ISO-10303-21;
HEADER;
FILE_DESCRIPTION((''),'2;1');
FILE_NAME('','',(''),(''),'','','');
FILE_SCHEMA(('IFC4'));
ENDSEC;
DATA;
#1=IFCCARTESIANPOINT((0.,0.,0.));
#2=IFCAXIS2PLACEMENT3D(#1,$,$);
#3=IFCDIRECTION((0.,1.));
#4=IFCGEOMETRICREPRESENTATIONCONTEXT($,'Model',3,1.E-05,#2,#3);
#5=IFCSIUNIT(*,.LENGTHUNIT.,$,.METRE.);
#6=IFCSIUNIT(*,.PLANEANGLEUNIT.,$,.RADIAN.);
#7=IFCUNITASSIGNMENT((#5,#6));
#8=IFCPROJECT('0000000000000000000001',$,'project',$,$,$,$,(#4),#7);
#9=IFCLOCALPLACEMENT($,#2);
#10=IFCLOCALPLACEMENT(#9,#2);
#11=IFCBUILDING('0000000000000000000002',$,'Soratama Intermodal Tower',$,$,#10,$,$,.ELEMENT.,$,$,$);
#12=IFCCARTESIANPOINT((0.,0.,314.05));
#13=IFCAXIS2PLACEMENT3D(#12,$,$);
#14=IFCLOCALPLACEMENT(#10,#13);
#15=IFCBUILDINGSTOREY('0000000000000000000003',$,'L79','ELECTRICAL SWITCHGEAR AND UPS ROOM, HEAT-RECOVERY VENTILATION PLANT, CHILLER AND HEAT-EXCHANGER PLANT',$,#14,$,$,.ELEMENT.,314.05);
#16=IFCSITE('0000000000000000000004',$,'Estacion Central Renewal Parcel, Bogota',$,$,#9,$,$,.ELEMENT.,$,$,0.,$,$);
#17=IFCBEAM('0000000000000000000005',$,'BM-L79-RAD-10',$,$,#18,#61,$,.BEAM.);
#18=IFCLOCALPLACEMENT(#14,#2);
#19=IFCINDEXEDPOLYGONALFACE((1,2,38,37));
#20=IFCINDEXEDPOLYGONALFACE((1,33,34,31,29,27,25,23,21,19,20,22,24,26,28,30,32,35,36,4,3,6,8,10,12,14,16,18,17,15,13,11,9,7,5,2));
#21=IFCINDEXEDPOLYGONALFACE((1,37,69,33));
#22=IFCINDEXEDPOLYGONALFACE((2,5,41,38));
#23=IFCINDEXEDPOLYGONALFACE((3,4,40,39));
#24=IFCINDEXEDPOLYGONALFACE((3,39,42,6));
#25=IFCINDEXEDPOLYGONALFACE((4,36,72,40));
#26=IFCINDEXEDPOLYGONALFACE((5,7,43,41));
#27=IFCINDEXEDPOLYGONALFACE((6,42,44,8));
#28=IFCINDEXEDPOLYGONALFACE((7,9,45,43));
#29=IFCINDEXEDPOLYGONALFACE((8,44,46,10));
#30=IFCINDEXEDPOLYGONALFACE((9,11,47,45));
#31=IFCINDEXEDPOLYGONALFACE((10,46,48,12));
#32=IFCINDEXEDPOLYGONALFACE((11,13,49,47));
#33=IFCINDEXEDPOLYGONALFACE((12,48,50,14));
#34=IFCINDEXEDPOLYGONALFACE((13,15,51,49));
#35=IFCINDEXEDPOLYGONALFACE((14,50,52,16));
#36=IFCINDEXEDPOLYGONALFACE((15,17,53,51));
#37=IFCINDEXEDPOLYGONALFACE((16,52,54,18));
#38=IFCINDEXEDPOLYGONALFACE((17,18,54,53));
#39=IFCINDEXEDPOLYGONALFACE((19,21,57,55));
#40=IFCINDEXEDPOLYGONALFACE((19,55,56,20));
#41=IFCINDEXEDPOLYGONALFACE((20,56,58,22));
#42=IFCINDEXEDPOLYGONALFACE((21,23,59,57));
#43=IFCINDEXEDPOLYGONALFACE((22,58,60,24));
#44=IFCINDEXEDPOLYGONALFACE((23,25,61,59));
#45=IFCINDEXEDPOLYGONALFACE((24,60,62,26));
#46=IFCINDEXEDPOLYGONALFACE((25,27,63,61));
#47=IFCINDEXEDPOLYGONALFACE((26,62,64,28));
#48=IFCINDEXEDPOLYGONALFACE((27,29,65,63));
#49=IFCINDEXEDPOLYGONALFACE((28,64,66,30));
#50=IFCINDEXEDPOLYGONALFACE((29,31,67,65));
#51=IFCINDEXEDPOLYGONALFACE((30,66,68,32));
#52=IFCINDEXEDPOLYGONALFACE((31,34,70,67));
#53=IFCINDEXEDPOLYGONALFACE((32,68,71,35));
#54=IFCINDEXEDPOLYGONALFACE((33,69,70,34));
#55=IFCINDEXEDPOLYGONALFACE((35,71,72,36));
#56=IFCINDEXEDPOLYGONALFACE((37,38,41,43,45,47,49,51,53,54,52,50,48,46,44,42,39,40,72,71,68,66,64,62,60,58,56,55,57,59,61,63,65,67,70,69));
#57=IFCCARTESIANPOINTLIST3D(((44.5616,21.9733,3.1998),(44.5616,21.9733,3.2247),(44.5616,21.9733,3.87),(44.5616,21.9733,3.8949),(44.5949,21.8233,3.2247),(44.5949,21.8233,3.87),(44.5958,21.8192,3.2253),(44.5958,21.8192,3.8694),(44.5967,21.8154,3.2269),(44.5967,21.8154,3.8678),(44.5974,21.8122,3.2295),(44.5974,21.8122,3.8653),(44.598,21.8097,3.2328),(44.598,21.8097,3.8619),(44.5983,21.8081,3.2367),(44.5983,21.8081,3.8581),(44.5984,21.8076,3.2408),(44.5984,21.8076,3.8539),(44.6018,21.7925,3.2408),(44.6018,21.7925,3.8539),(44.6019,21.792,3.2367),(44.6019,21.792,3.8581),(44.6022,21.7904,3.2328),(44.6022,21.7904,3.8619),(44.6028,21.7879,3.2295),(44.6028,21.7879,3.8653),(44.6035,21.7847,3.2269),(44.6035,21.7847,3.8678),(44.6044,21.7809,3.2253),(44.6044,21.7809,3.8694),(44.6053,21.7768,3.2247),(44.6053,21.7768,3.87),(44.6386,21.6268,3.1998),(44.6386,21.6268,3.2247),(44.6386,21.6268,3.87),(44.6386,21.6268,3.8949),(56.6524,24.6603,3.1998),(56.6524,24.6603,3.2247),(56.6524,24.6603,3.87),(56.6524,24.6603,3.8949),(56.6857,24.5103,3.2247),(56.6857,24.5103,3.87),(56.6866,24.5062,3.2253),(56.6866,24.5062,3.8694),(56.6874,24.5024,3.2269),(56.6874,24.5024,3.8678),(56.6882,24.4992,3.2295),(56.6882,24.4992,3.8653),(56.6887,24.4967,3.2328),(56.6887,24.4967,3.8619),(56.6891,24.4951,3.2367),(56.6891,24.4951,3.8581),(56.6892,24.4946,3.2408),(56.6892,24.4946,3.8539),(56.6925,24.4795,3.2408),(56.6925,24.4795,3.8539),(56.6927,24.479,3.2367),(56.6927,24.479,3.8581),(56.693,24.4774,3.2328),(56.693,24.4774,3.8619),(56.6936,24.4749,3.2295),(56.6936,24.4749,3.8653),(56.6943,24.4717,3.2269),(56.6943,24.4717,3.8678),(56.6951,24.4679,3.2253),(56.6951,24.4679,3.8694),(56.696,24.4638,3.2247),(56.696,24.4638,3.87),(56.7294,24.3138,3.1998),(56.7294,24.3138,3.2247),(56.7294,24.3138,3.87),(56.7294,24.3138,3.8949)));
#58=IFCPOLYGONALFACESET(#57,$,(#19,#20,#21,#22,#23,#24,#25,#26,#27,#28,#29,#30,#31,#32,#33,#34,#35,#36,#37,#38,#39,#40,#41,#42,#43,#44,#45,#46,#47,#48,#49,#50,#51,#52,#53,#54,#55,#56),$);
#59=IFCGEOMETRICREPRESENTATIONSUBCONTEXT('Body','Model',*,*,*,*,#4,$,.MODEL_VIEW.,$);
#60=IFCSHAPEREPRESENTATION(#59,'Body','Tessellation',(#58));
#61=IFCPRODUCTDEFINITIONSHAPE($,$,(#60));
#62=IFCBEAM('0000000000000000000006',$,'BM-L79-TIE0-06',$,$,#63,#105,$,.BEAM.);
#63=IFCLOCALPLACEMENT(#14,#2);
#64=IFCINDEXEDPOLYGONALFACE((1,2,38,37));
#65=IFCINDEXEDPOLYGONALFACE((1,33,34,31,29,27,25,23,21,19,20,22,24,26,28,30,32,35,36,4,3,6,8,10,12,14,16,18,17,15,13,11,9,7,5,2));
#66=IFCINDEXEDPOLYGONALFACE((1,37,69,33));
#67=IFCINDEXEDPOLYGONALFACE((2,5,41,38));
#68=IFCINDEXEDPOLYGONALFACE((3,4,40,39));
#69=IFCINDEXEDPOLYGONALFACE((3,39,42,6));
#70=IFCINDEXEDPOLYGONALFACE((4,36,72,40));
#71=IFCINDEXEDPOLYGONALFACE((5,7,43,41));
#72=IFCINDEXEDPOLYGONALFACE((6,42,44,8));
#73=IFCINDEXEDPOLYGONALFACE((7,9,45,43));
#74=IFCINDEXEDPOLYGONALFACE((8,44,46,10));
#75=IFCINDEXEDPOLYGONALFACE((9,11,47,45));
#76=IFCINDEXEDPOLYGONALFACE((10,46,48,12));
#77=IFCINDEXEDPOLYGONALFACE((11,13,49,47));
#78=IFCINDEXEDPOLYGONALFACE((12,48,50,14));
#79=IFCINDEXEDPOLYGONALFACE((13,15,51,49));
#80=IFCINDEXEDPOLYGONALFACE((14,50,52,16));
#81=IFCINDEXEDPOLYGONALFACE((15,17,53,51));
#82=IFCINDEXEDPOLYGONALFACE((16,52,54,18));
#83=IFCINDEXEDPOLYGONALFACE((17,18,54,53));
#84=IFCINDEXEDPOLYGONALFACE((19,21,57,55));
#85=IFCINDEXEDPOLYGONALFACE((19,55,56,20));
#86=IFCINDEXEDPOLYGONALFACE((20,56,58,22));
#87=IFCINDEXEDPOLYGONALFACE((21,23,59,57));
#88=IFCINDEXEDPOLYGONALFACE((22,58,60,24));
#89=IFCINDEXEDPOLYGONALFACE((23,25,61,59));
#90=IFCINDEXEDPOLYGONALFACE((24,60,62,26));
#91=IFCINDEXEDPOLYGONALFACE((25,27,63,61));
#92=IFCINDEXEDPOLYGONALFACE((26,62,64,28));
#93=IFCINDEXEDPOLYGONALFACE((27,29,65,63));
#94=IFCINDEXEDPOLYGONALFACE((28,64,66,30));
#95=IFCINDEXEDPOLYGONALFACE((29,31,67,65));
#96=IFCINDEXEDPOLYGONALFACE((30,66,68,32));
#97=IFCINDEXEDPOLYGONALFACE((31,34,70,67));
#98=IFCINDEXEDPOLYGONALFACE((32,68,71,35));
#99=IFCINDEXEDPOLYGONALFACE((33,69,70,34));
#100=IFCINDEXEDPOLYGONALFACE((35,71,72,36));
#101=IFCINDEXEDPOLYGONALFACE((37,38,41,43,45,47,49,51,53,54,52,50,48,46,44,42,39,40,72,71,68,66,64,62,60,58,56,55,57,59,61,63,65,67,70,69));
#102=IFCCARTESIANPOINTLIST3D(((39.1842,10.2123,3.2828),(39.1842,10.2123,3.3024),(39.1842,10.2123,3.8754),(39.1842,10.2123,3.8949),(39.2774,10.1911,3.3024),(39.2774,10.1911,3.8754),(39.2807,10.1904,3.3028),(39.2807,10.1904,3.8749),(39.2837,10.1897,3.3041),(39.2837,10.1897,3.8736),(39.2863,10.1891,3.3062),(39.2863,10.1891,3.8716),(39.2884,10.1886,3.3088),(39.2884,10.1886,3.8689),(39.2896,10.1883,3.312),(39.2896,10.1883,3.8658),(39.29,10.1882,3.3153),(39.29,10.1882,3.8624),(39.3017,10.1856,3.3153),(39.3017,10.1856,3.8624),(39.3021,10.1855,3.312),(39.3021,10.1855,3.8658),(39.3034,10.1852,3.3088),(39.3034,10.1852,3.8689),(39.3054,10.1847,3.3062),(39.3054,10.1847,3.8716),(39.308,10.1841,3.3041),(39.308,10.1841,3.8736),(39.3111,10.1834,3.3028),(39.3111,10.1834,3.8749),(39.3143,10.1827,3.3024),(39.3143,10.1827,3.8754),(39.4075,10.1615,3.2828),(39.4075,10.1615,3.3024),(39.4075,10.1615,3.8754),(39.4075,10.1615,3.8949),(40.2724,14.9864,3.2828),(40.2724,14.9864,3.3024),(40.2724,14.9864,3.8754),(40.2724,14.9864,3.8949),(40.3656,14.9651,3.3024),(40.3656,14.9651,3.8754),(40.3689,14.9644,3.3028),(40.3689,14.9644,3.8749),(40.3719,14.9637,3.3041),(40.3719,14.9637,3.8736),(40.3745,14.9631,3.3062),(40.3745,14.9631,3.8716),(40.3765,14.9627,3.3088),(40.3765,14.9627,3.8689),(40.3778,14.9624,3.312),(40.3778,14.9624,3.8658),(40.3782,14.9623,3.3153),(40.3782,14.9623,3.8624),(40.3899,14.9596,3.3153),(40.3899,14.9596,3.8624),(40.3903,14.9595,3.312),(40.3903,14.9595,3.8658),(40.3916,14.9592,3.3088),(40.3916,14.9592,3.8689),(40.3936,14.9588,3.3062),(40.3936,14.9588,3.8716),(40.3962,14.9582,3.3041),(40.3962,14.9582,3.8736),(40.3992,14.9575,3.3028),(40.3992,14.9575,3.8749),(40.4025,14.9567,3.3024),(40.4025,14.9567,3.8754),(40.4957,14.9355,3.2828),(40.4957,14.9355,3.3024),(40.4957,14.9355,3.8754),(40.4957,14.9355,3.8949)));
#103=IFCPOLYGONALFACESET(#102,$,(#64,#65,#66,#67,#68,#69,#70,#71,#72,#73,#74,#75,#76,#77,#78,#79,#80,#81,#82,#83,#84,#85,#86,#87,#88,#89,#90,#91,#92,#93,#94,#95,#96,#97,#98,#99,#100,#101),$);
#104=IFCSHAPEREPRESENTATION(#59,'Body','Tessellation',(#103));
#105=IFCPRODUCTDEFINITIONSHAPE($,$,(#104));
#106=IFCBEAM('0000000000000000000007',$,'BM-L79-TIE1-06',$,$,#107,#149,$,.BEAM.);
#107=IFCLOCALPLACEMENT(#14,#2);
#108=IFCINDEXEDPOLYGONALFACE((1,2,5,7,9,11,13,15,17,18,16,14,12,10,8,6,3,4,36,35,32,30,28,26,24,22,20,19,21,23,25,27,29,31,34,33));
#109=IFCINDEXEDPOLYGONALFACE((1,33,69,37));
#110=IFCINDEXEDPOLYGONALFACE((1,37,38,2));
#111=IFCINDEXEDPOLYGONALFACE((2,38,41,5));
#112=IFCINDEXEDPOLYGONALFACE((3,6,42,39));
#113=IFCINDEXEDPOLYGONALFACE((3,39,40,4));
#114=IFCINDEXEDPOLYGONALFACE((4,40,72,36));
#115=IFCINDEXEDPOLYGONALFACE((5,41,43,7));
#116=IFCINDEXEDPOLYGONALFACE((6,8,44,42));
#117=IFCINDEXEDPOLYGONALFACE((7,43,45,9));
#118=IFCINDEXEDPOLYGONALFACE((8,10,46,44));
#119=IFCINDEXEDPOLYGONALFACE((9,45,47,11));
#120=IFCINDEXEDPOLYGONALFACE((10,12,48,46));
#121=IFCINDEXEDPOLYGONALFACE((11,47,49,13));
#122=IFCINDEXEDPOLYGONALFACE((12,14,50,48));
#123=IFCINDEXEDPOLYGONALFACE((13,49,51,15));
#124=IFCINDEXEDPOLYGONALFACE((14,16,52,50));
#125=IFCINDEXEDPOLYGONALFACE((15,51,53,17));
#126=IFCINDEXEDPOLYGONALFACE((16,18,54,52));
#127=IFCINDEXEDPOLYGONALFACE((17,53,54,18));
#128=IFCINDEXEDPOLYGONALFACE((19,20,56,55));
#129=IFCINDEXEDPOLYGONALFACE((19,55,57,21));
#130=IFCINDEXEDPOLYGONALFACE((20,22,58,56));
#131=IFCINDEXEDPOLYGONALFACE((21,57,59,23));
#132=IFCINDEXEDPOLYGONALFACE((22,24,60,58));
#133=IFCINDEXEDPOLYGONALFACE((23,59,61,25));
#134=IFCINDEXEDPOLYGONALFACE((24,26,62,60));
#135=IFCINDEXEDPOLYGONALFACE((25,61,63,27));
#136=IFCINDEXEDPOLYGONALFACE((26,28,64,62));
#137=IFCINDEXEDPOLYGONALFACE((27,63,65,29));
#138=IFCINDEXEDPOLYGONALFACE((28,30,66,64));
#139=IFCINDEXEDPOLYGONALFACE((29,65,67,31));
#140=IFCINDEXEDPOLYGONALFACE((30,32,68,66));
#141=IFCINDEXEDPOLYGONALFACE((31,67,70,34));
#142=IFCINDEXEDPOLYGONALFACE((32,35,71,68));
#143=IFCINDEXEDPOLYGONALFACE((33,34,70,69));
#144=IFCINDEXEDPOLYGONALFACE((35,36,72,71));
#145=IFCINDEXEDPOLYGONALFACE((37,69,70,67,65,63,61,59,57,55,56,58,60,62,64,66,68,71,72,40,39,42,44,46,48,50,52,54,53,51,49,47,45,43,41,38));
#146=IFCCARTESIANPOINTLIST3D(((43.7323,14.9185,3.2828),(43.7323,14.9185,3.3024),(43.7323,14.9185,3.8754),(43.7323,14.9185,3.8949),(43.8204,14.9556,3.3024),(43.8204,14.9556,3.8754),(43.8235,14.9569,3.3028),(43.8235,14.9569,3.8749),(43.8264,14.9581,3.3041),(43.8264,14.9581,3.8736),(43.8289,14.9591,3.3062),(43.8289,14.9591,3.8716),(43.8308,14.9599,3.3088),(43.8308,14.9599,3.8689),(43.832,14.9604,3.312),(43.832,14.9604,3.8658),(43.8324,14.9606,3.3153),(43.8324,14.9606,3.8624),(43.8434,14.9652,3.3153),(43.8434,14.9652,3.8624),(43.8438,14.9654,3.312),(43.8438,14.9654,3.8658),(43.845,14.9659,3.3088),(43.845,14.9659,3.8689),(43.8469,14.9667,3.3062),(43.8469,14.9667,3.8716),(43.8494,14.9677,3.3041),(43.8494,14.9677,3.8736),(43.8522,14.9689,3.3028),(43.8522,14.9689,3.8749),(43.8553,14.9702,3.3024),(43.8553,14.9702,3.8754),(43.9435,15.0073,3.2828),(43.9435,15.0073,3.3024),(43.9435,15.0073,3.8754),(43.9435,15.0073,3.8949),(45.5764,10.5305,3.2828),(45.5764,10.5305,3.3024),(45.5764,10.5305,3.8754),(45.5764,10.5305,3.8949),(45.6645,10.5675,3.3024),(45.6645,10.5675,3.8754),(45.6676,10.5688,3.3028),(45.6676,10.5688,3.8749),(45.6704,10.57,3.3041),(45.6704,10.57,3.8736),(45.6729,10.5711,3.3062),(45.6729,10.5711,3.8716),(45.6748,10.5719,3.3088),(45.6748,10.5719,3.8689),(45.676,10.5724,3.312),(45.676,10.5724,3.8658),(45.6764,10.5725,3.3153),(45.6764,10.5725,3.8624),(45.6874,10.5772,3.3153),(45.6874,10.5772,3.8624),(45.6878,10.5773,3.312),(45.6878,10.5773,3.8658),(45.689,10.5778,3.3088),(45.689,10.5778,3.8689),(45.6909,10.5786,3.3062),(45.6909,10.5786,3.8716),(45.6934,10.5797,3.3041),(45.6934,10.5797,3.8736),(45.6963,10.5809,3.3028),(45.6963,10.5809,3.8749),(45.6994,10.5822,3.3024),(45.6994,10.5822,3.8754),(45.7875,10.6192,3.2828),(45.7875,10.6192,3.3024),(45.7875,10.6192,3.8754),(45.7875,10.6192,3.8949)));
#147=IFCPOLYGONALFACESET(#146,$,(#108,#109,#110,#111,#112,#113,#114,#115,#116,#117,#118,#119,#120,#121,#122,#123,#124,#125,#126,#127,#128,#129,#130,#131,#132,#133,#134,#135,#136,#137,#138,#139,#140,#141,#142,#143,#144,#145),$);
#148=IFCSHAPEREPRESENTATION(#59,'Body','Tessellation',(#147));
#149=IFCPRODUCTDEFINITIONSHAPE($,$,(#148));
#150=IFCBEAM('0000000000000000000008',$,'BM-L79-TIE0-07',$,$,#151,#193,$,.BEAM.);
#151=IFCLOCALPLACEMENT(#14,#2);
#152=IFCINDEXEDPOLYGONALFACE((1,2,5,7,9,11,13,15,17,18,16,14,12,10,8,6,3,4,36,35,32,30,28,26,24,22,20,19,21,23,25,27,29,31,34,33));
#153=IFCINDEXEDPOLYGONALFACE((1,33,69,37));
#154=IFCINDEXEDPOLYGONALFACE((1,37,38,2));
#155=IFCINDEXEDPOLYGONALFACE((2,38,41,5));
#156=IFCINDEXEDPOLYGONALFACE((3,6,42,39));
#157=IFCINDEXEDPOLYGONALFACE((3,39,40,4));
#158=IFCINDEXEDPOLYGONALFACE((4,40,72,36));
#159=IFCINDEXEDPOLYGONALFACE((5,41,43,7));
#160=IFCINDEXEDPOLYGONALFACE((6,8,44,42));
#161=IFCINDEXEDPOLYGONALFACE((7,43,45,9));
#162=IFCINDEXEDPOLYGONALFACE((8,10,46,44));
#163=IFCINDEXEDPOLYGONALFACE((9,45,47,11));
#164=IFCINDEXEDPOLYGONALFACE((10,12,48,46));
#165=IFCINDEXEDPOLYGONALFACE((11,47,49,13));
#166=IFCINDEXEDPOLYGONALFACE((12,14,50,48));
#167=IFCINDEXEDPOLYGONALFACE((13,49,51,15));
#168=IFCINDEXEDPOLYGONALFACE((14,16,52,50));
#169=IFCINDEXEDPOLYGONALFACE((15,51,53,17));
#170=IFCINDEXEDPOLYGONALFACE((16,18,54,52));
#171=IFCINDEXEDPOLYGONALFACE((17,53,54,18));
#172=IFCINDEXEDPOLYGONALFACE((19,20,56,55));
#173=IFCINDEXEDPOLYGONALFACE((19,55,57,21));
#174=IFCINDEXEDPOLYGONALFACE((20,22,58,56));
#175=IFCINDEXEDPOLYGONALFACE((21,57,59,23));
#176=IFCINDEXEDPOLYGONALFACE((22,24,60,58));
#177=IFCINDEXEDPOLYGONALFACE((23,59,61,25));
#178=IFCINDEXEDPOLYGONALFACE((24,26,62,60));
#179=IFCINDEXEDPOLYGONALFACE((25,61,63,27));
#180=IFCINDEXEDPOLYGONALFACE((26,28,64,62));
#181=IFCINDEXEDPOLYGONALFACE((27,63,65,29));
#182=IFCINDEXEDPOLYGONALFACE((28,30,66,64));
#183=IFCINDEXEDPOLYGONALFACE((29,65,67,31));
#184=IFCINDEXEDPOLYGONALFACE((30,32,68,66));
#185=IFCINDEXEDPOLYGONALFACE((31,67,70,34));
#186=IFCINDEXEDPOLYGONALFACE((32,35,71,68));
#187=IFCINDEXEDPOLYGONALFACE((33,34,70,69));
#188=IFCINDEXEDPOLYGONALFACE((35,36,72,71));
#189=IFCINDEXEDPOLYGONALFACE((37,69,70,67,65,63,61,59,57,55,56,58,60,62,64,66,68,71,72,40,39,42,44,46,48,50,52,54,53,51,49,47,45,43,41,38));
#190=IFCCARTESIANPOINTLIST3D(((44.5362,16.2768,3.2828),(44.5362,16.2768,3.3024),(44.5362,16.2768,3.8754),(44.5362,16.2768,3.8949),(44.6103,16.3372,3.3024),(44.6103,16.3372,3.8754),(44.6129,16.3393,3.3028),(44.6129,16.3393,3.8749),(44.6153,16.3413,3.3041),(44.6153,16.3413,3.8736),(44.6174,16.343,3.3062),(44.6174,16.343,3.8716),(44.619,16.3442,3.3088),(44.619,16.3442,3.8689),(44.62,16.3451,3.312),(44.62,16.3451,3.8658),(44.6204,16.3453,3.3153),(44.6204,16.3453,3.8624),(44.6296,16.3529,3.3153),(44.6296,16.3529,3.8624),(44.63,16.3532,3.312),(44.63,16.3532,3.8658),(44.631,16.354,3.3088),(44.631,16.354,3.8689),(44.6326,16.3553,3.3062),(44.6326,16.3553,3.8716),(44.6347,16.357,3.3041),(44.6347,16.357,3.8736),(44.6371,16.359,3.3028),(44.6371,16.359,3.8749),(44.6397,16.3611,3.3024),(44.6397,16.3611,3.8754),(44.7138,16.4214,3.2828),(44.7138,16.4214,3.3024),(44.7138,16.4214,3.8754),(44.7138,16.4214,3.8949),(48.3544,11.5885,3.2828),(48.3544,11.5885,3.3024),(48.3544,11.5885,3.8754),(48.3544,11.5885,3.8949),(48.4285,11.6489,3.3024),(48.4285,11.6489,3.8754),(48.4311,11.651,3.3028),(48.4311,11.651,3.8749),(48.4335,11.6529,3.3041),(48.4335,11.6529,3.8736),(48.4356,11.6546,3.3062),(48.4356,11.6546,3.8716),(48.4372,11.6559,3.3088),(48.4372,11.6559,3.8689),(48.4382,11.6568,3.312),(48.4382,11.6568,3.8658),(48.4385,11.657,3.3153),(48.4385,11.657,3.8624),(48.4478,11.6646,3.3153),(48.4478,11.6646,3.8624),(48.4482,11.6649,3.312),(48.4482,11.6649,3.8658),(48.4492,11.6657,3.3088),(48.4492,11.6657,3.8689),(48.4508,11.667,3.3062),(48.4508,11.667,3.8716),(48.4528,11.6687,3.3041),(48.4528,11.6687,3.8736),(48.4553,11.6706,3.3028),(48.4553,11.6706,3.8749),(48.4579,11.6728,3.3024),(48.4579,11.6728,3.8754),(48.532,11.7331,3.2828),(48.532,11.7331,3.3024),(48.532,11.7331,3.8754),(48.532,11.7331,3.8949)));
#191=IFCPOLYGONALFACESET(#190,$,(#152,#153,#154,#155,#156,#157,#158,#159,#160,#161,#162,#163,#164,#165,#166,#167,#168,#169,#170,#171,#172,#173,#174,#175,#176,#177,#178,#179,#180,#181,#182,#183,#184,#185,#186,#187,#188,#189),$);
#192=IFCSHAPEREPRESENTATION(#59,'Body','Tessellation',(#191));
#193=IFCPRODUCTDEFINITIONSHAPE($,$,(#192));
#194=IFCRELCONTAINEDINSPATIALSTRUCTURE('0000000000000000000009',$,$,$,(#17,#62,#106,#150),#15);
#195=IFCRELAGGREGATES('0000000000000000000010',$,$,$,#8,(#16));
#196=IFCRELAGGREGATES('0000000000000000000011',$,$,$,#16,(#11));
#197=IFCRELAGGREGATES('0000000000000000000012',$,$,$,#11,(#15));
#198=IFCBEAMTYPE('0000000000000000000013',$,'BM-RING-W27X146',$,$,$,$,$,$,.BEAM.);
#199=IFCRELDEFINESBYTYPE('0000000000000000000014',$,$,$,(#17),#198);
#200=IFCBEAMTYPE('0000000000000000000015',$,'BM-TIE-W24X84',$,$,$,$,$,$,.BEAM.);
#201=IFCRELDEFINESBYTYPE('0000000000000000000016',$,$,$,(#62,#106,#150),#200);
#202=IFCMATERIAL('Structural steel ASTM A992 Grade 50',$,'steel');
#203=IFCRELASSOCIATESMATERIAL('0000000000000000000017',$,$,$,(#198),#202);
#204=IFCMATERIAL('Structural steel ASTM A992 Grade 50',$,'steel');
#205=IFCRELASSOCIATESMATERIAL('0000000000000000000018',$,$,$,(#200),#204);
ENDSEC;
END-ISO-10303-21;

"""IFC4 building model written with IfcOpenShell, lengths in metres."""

from ifc_helpers import new_model, si_unit, direction, frame, origin, origin_2d, place, context, subcontext, project, spatial, i_section, extrude, material, material_profile, profile_set, type_object, element, save


model = new_model("IFC4")

# Units and contexts
model_context = context("Model", 3, precision=1e-05, world=origin(), true_north=direction((0.0, 1.0)))
body_context = subcontext(model_context, "Body", "Model", "MODEL_VIEW")
ifc_project = project(units=[si_unit("LENGTHUNIT", "METRE"), si_unit("PLANEANGLEUNIT", "RADIAN")], contexts=[model_context])

# Site, building, storey
site_placement = place(None, origin())
site = spatial("IfcSite", under=ifc_project, at=site_placement, Name="Estacion Central Renewal Parcel, Bogota", CompositionType="ELEMENT", RefElevation=0.0)
building_placement = place(site_placement, origin())
building = spatial("IfcBuilding", under=site, at=building_placement, Name="Soratama Intermodal Tower", CompositionType="ELEMENT")
storey_placement = place(building_placement, frame((0.0, 0.0, 314.05)))
storey = spatial("IfcBuildingStorey", under=building, at=storey_placement, Name="L79", Description="ELECTRICAL SWITCHGEAR AND UPS ROOM, HEAT-RECOVERY VENTILATION PLANT, CHILLER AND HEAT-EXCHANGER PLANT", CompositionType="ELEMENT", Elevation=314.05)

# Beams
ifc_material_1 = material(Name="Structural steel ASTM A992 Grade 50", Category="steel")
ifc_material_profile_1 = material_profile(ifc_material_1, i_section(OverallWidth=0.355, OverallDepth=0.6951, WebThickness=0.0154, FlangeThickness=0.0249, FilletRadius=0.0161, at=origin_2d()), Name="W27X146")
ifc_profile_set_1 = profile_set([ifc_material_profile_1], Name="Structural steel ASTM A992 Grade 50")
beam_type_1 = type_object("IfcBeamType", Name="BM-RING-W27X146", PredefinedType="BEAM", material=ifc_profile_set_1)
beam_1_placement = place(storey_placement, frame((44.6001, 21.8, 3.5474), z_axis=(0.976184, 0.216943, 0.0), x_axis=(-0.216943, 0.976184, 0.0)))
element("IfcBeam", 1, at=beam_1_placement, inside=storey, type_object=beam_type_1, Name="BM-L79-RAD-10", PredefinedType="BEAM", context=body_context, shape_type="SweptSolid", body=[
    extrude(i_section(OverallWidth=0.355, OverallDepth=0.6951, WebThickness=0.0154, FlangeThickness=0.0249, FilletRadius=0.0161, at=origin_2d()), origin(), (0.0, 0.0, 1.0), 12.3857),
])
ifc_material_2 = material(Name="Structural steel ASTM A992 Grade 50", Category="steel")
ifc_material_profile_2 = material_profile(ifc_material_2, i_section(OverallWidth=0.229, OverallDepth=0.6121, WebThickness=0.012, FlangeThickness=0.0195, FilletRadius=0.0129, at=origin_2d()), Name="W24X84")
ifc_profile_set_2 = profile_set([ifc_material_profile_2], Name="Structural steel ASTM A992 Grade 50")
beam_type_2 = type_object("IfcBeamType", Name="BM-TIE-W24X84", PredefinedType="BEAM", material=ifc_profile_set_2)
beam_2_placement = place(storey_placement, frame((40.384, 14.9609, 3.5889), z_axis=(-0.222233, -0.974994, 0.0), x_axis=(0.974994, -0.222233, 0.0)))
element("IfcBeam", 2, at=beam_2_placement, inside=storey, type_object=beam_type_2, Name="BM-L79-TIE0-06", PredefinedType="BEAM", context=body_context, shape_type="SweptSolid", body=[
    extrude(i_section(OverallWidth=0.229, OverallDepth=0.6121, WebThickness=0.012, FlangeThickness=0.0195, FilletRadius=0.0129, at=origin_2d()), origin(), (0.0, 0.0, 1.0), 4.8965),
])
beam_3_placement = place(storey_placement, frame((43.8379, 14.9629, 3.5889), z_axis=(0.387422, -0.921903, 0.0), x_axis=(0.921903, 0.387422, 0.0)))
element("IfcBeam", 3, at=beam_3_placement, inside=storey, type_object=beam_type_2, Name="BM-L79-TIE1-06", PredefinedType="BEAM", context=body_context, shape_type="SweptSolid", body=[
    extrude(i_section(OverallWidth=0.229, OverallDepth=0.6121, WebThickness=0.012, FlangeThickness=0.0195, FilletRadius=0.0129, at=origin_2d()), origin(), (0.0, 0.0, 1.0), 4.7598),
])
beam_4_placement = place(storey_placement, frame((44.625, 16.3491, 3.5889), z_axis=(0.631481, -0.775391, 0.0), x_axis=(0.775391, 0.631481, 0.0)))
element("IfcBeam", 4, at=beam_4_placement, inside=storey, type_object=beam_type_2, Name="BM-L79-TIE0-07", PredefinedType="BEAM", context=body_context, shape_type="SweptSolid", body=[
    extrude(i_section(OverallWidth=0.229, OverallDepth=0.6121, WebThickness=0.012, FlangeThickness=0.0195, FilletRadius=0.0129, at=origin_2d()), origin(), (0.0, 0.0, 1.0), 6.0464),
])

save(model, "model.ifc")
